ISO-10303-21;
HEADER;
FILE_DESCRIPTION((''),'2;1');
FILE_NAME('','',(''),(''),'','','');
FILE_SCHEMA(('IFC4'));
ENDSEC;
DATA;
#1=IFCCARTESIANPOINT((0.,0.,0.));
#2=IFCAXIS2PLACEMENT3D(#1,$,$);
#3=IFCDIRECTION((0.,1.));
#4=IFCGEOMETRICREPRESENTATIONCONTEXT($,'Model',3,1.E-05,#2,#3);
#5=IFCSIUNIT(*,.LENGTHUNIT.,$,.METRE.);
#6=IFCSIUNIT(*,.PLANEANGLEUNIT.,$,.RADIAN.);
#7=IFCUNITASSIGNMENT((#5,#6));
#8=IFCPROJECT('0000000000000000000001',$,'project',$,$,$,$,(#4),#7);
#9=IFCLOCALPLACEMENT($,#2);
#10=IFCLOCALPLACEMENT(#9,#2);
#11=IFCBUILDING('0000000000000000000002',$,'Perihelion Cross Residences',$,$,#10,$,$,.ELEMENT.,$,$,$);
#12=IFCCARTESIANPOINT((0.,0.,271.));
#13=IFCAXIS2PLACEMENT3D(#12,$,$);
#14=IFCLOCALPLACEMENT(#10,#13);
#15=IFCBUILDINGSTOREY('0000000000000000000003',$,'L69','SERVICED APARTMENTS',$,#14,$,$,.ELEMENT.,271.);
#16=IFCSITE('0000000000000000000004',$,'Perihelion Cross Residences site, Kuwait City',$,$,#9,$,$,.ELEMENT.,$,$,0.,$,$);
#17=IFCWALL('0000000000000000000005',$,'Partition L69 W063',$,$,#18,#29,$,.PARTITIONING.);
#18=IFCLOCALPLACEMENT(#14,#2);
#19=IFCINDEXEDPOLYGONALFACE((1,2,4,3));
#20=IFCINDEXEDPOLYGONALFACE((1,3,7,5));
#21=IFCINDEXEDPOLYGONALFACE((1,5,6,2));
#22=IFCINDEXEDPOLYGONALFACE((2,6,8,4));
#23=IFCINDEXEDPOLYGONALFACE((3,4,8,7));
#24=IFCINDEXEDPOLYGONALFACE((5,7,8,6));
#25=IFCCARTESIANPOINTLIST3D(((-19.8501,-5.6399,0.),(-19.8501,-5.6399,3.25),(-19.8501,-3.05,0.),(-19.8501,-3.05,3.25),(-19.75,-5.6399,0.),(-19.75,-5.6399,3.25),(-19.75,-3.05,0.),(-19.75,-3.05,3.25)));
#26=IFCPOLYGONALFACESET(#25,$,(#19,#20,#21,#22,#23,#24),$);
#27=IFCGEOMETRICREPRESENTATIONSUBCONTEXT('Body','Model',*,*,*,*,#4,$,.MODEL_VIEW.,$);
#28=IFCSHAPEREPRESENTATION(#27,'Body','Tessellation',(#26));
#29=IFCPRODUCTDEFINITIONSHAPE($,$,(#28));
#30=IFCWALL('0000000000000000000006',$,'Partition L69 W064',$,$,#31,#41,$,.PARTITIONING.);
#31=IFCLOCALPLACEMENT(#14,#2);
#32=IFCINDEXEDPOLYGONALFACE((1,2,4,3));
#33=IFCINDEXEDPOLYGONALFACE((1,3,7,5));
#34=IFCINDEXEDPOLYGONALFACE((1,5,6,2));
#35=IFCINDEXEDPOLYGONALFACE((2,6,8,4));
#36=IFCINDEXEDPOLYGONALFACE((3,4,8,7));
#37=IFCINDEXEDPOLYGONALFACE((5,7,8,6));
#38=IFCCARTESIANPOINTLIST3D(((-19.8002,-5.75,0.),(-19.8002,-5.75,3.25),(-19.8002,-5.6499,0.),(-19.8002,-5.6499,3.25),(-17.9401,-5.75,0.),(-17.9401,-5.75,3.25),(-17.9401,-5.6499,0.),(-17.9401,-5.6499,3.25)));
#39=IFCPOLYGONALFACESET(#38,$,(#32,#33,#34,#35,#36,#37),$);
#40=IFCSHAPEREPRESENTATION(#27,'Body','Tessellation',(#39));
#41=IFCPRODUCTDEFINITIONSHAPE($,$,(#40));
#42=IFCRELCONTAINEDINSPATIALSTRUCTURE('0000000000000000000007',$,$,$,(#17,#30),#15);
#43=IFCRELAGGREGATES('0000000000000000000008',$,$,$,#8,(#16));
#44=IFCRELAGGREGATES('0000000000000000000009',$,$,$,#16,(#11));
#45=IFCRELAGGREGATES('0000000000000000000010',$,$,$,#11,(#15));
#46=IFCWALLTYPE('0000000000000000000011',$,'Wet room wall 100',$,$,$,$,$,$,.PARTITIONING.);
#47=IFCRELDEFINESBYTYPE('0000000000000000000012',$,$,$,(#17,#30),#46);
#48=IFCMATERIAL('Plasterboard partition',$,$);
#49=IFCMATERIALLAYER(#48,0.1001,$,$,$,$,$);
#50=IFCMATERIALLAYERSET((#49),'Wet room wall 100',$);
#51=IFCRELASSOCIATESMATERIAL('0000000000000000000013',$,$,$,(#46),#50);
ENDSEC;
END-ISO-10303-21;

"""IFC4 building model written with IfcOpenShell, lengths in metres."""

from ifc_helpers import new_model, si_unit, direction, frame, frame_2d, origin, place, context, subcontext, project, spatial, rectangle, extrude, material, layer, layer_set, type_object, element, save


model = new_model("IFC4")

# Units and contexts
model_context = context("Model", 3, precision=1e-05, world=origin(), true_north=direction((0.0, 1.0)))
body_context = subcontext(model_context, "Body", "Model", "MODEL_VIEW")
ifc_project = project(units=[si_unit("LENGTHUNIT", "METRE"), si_unit("PLANEANGLEUNIT", "RADIAN")], contexts=[model_context])

# Site, building, storey
site_placement = place(None, origin())
site = spatial("IfcSite", under=ifc_project, at=site_placement, Name="Perihelion Cross Residences site, Kuwait City", CompositionType="ELEMENT", RefElevation=0.0)
building_placement = place(site_placement, origin())
building = spatial("IfcBuilding", under=site, at=building_placement, Name="Perihelion Cross Residences", CompositionType="ELEMENT")
storey_placement = place(building_placement, frame((0.0, 0.0, 271.0)))
storey = spatial("IfcBuildingStorey", under=building, at=storey_placement, Name="L69", Description="SERVICED APARTMENTS", CompositionType="ELEMENT", Elevation=271.0)

# Shared definitions
ifc_material_1 = material(Name="Plasterboard partition")
ifc_layer_1 = layer(ifc_material_1, 0.1001)
ifc_layer_set_1 = layer_set([ifc_layer_1], Name="Wet room wall 100")
wall_type_1 = type_object("IfcWallType", Name="Wet room wall 100", PredefinedType="PARTITIONING", material=ifc_layer_set_1)

# Walls
wall_1_placement = place(storey_placement, frame((-19.8, -5.6399, 0.0), z_axis=(0.0, 0.0, 1.0), x_axis=(0.0, 1.0, 0.0)))
element("IfcWall", 1, at=wall_1_placement, inside=storey, type_object=wall_type_1, Name="Partition L69 W063", PredefinedType="PARTITIONING", context=body_context, shape_type="SweptSolid", body=[
    extrude(rectangle(XDim=2.5898, YDim=0.1001, at=frame_2d((1.2949, 0.0))), origin(), (0.0, 0.0, 1.0), 3.25),
])
wall_2_placement = place(storey_placement, frame((-17.9399, -5.7, 0.0), z_axis=(0.0, 0.0, 1.0), x_axis=(-1.0, 0.0, 0.0)))
element("IfcWall", 2, at=wall_2_placement, inside=storey, type_object=wall_type_1, Name="Partition L69 W064", PredefinedType="PARTITIONING", context=body_context, shape_type="SweptSolid", body=[
    extrude(rectangle(XDim=1.8601, YDim=0.1001, at=frame_2d((0.9302, 0.0))), origin(), (0.0, 0.0, 1.0), 3.25),
])

save(model, "model.ifc")
